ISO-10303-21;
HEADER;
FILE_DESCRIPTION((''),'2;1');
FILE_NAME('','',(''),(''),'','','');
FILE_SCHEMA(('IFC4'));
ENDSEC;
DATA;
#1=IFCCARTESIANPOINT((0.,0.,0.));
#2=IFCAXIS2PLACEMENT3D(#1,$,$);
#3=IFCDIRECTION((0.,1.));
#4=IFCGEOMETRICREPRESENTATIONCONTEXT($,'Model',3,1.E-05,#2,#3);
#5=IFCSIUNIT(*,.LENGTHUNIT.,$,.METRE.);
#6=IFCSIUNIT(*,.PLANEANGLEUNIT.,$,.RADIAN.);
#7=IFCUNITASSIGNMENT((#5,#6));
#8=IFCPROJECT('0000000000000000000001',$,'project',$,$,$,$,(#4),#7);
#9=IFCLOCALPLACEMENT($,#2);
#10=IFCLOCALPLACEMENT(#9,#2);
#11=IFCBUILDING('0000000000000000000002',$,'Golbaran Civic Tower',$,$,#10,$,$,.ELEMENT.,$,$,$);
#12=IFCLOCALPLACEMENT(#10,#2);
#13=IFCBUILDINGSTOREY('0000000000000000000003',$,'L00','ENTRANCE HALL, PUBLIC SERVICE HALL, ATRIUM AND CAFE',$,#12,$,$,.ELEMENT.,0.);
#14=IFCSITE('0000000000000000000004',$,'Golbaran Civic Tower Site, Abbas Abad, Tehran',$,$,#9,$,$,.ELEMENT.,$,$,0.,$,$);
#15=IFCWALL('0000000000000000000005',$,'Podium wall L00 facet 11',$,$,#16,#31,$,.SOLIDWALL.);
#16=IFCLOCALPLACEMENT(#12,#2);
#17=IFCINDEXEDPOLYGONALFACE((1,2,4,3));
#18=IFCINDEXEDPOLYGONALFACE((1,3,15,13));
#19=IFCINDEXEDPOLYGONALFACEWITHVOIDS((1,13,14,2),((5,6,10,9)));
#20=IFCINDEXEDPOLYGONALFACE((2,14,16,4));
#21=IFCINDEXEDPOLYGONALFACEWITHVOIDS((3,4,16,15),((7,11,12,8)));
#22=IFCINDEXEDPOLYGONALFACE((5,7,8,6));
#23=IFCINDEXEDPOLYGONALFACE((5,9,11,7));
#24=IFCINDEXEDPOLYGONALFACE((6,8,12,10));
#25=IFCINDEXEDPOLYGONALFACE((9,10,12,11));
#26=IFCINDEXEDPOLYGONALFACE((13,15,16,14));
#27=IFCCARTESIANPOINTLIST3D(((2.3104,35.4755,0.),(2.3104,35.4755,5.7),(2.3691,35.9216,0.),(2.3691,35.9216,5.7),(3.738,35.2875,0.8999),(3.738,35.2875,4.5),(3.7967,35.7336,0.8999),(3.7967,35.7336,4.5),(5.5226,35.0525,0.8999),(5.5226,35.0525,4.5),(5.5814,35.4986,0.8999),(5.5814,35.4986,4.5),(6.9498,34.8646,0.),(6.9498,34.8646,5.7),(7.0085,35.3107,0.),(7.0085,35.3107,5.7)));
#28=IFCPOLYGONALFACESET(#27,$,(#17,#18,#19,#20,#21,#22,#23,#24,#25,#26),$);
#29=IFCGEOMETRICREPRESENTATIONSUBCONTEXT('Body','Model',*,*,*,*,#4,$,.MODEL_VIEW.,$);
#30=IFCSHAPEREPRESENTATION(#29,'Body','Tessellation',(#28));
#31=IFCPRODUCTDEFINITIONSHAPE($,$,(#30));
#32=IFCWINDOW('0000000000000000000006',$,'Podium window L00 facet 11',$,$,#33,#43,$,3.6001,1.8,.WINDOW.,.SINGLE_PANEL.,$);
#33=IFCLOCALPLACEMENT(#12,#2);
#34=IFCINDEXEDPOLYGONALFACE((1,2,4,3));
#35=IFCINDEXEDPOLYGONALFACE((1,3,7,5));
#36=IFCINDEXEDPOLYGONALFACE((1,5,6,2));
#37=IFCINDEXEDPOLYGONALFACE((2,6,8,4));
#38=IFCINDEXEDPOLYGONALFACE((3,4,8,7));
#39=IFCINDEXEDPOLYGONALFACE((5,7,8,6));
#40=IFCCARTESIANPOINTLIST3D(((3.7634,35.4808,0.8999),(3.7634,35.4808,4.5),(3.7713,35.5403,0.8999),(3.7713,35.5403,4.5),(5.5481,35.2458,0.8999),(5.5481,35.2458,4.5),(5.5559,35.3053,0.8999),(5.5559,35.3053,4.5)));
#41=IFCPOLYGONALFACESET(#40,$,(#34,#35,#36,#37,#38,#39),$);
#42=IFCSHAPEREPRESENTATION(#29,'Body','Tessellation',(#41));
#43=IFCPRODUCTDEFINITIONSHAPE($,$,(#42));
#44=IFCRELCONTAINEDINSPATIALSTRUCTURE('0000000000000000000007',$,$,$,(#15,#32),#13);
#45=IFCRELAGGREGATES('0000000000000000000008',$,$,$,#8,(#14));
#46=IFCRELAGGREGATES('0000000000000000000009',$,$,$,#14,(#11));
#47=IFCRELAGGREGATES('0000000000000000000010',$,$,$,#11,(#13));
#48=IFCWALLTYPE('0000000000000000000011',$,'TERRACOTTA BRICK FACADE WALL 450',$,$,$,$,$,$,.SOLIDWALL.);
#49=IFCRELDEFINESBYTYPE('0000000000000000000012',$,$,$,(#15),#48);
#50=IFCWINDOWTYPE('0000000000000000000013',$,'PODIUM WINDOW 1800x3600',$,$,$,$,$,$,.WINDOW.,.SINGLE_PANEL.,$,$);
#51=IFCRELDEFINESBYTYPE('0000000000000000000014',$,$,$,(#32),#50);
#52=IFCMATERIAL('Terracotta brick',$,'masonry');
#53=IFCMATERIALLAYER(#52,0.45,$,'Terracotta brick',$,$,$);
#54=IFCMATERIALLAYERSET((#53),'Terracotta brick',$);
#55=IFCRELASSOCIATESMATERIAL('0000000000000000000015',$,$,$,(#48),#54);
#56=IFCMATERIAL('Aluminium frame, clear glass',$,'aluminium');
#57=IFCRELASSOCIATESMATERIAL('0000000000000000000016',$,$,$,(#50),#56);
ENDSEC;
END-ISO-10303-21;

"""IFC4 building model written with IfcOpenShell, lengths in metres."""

from ifc_helpers import new_model, si_unit, direction, frame, frame_2d, origin, place, context, subcontext, project, spatial, rectangle, extrude, material, layer, layer_set, type_object, element, fill, save


model = new_model("IFC4")

# Units and contexts
model_context = context("Model", 3, precision=1e-05, world=origin(), true_north=direction((0.0, 1.0)))
body_context = subcontext(model_context, "Body", "Model", "MODEL_VIEW")
ifc_project = project(units=[si_unit("LENGTHUNIT", "METRE"), si_unit("PLANEANGLEUNIT", "RADIAN")], contexts=[model_context])

# Site, building, storey
site_placement = place(None, origin())
site = spatial("IfcSite", under=ifc_project, at=site_placement, Name="Golbaran Civic Tower Site, Abbas Abad, Tehran", CompositionType="ELEMENT", RefElevation=0.0)
building_placement = place(site_placement, origin())
building = spatial("IfcBuilding", under=site, at=building_placement, Name="Golbaran Civic Tower", CompositionType="ELEMENT")
storey_placement = place(building_placement, origin())
storey = spatial("IfcBuildingStorey", under=building, at=storey_placement, Name="L00", Description="ENTRANCE HALL, PUBLIC SERVICE HALL, ATRIUM AND CAFE", CompositionType="ELEMENT", Elevation=0.0)

# Wall, opening, window
ifc_material_1 = material(Name="Terracotta brick", Category="masonry")
ifc_layer_1 = layer(ifc_material_1, 0.45, Name="Terracotta brick")
ifc_layer_set_1 = layer_set([ifc_layer_1], Name="Terracotta brick")
wall_type_1 = type_object("IfcWallType", Name="TERRACOTTA BRICK FACADE WALL 450", PredefinedType="SOLIDWALL", material=ifc_layer_set_1)
ifc_material_2 = material(Name="Aluminium frame, clear glass", Category="aluminium")
window_type = type_object("IfcWindowType", Name="PODIUM WINDOW 1800x3600", PartitioningType="SINGLE_PANEL", PredefinedType="WINDOW", material=ifc_material_2)
wall_1_placement = place(storey_placement, frame((6.9792, 35.0876, 0.0), z_axis=(0.0, 0.0, 1.0), x_axis=(-0.991443, 0.130537, 0.0)))
wall_1 = element("IfcWall", 1, at=wall_1_placement, inside=storey, type_object=wall_type_1, Name="Podium wall L00 facet 11", PredefinedType="SOLIDWALL", context=body_context, shape_type="SweptSolid", body=[
    extrude(rectangle(XDim=4.6794, YDim=0.45, at=frame_2d((2.3398, 0.0))), origin(), (0.0, 0.0, 1.0), 5.7),
])
opening_1_placement = place(wall_1_placement, frame((1.4397, 0.0, 0.8999)))
opening_1 = element("IfcOpeningElement", 2, at=opening_1_placement, cuts=wall_1, PredefinedType="OPENING", context=body_context, shape_type="SweptSolid", body=[
    extrude(rectangle(XDim=1.8, YDim=3.6001, at=frame_2d((0.8999, 1.8))), frame((0.0, 0.2349, 0.0), z_axis=(0.0, -1.0, 0.0), x_axis=(1.0, 0.0, 0.0)), (0.0, 0.0, 1.0), 0.47),
])
window_1_placement = place(opening_1_placement, origin())
window_1 = element("IfcWindow", 3, at=window_1_placement, inside=storey, type_object=window_type, Name="Podium window L00 facet 11", OverallHeight=3.6001, OverallWidth=1.8, PartitioningType="SINGLE_PANEL", PredefinedType="WINDOW", context=body_context, shape_type="SweptSolid", body=[
    extrude(rectangle(XDim=1.8, YDim=3.6001, at=frame_2d((0.8999, 1.8))), frame((0.0, 0.03, 0.0), z_axis=(0.0, -1.0, 0.0), x_axis=(1.0, 0.0, 0.0)), (0.0, 0.0, 1.0), 0.0601),
])
fill(opening_1, window_1)

save(model, "model.ifc")
